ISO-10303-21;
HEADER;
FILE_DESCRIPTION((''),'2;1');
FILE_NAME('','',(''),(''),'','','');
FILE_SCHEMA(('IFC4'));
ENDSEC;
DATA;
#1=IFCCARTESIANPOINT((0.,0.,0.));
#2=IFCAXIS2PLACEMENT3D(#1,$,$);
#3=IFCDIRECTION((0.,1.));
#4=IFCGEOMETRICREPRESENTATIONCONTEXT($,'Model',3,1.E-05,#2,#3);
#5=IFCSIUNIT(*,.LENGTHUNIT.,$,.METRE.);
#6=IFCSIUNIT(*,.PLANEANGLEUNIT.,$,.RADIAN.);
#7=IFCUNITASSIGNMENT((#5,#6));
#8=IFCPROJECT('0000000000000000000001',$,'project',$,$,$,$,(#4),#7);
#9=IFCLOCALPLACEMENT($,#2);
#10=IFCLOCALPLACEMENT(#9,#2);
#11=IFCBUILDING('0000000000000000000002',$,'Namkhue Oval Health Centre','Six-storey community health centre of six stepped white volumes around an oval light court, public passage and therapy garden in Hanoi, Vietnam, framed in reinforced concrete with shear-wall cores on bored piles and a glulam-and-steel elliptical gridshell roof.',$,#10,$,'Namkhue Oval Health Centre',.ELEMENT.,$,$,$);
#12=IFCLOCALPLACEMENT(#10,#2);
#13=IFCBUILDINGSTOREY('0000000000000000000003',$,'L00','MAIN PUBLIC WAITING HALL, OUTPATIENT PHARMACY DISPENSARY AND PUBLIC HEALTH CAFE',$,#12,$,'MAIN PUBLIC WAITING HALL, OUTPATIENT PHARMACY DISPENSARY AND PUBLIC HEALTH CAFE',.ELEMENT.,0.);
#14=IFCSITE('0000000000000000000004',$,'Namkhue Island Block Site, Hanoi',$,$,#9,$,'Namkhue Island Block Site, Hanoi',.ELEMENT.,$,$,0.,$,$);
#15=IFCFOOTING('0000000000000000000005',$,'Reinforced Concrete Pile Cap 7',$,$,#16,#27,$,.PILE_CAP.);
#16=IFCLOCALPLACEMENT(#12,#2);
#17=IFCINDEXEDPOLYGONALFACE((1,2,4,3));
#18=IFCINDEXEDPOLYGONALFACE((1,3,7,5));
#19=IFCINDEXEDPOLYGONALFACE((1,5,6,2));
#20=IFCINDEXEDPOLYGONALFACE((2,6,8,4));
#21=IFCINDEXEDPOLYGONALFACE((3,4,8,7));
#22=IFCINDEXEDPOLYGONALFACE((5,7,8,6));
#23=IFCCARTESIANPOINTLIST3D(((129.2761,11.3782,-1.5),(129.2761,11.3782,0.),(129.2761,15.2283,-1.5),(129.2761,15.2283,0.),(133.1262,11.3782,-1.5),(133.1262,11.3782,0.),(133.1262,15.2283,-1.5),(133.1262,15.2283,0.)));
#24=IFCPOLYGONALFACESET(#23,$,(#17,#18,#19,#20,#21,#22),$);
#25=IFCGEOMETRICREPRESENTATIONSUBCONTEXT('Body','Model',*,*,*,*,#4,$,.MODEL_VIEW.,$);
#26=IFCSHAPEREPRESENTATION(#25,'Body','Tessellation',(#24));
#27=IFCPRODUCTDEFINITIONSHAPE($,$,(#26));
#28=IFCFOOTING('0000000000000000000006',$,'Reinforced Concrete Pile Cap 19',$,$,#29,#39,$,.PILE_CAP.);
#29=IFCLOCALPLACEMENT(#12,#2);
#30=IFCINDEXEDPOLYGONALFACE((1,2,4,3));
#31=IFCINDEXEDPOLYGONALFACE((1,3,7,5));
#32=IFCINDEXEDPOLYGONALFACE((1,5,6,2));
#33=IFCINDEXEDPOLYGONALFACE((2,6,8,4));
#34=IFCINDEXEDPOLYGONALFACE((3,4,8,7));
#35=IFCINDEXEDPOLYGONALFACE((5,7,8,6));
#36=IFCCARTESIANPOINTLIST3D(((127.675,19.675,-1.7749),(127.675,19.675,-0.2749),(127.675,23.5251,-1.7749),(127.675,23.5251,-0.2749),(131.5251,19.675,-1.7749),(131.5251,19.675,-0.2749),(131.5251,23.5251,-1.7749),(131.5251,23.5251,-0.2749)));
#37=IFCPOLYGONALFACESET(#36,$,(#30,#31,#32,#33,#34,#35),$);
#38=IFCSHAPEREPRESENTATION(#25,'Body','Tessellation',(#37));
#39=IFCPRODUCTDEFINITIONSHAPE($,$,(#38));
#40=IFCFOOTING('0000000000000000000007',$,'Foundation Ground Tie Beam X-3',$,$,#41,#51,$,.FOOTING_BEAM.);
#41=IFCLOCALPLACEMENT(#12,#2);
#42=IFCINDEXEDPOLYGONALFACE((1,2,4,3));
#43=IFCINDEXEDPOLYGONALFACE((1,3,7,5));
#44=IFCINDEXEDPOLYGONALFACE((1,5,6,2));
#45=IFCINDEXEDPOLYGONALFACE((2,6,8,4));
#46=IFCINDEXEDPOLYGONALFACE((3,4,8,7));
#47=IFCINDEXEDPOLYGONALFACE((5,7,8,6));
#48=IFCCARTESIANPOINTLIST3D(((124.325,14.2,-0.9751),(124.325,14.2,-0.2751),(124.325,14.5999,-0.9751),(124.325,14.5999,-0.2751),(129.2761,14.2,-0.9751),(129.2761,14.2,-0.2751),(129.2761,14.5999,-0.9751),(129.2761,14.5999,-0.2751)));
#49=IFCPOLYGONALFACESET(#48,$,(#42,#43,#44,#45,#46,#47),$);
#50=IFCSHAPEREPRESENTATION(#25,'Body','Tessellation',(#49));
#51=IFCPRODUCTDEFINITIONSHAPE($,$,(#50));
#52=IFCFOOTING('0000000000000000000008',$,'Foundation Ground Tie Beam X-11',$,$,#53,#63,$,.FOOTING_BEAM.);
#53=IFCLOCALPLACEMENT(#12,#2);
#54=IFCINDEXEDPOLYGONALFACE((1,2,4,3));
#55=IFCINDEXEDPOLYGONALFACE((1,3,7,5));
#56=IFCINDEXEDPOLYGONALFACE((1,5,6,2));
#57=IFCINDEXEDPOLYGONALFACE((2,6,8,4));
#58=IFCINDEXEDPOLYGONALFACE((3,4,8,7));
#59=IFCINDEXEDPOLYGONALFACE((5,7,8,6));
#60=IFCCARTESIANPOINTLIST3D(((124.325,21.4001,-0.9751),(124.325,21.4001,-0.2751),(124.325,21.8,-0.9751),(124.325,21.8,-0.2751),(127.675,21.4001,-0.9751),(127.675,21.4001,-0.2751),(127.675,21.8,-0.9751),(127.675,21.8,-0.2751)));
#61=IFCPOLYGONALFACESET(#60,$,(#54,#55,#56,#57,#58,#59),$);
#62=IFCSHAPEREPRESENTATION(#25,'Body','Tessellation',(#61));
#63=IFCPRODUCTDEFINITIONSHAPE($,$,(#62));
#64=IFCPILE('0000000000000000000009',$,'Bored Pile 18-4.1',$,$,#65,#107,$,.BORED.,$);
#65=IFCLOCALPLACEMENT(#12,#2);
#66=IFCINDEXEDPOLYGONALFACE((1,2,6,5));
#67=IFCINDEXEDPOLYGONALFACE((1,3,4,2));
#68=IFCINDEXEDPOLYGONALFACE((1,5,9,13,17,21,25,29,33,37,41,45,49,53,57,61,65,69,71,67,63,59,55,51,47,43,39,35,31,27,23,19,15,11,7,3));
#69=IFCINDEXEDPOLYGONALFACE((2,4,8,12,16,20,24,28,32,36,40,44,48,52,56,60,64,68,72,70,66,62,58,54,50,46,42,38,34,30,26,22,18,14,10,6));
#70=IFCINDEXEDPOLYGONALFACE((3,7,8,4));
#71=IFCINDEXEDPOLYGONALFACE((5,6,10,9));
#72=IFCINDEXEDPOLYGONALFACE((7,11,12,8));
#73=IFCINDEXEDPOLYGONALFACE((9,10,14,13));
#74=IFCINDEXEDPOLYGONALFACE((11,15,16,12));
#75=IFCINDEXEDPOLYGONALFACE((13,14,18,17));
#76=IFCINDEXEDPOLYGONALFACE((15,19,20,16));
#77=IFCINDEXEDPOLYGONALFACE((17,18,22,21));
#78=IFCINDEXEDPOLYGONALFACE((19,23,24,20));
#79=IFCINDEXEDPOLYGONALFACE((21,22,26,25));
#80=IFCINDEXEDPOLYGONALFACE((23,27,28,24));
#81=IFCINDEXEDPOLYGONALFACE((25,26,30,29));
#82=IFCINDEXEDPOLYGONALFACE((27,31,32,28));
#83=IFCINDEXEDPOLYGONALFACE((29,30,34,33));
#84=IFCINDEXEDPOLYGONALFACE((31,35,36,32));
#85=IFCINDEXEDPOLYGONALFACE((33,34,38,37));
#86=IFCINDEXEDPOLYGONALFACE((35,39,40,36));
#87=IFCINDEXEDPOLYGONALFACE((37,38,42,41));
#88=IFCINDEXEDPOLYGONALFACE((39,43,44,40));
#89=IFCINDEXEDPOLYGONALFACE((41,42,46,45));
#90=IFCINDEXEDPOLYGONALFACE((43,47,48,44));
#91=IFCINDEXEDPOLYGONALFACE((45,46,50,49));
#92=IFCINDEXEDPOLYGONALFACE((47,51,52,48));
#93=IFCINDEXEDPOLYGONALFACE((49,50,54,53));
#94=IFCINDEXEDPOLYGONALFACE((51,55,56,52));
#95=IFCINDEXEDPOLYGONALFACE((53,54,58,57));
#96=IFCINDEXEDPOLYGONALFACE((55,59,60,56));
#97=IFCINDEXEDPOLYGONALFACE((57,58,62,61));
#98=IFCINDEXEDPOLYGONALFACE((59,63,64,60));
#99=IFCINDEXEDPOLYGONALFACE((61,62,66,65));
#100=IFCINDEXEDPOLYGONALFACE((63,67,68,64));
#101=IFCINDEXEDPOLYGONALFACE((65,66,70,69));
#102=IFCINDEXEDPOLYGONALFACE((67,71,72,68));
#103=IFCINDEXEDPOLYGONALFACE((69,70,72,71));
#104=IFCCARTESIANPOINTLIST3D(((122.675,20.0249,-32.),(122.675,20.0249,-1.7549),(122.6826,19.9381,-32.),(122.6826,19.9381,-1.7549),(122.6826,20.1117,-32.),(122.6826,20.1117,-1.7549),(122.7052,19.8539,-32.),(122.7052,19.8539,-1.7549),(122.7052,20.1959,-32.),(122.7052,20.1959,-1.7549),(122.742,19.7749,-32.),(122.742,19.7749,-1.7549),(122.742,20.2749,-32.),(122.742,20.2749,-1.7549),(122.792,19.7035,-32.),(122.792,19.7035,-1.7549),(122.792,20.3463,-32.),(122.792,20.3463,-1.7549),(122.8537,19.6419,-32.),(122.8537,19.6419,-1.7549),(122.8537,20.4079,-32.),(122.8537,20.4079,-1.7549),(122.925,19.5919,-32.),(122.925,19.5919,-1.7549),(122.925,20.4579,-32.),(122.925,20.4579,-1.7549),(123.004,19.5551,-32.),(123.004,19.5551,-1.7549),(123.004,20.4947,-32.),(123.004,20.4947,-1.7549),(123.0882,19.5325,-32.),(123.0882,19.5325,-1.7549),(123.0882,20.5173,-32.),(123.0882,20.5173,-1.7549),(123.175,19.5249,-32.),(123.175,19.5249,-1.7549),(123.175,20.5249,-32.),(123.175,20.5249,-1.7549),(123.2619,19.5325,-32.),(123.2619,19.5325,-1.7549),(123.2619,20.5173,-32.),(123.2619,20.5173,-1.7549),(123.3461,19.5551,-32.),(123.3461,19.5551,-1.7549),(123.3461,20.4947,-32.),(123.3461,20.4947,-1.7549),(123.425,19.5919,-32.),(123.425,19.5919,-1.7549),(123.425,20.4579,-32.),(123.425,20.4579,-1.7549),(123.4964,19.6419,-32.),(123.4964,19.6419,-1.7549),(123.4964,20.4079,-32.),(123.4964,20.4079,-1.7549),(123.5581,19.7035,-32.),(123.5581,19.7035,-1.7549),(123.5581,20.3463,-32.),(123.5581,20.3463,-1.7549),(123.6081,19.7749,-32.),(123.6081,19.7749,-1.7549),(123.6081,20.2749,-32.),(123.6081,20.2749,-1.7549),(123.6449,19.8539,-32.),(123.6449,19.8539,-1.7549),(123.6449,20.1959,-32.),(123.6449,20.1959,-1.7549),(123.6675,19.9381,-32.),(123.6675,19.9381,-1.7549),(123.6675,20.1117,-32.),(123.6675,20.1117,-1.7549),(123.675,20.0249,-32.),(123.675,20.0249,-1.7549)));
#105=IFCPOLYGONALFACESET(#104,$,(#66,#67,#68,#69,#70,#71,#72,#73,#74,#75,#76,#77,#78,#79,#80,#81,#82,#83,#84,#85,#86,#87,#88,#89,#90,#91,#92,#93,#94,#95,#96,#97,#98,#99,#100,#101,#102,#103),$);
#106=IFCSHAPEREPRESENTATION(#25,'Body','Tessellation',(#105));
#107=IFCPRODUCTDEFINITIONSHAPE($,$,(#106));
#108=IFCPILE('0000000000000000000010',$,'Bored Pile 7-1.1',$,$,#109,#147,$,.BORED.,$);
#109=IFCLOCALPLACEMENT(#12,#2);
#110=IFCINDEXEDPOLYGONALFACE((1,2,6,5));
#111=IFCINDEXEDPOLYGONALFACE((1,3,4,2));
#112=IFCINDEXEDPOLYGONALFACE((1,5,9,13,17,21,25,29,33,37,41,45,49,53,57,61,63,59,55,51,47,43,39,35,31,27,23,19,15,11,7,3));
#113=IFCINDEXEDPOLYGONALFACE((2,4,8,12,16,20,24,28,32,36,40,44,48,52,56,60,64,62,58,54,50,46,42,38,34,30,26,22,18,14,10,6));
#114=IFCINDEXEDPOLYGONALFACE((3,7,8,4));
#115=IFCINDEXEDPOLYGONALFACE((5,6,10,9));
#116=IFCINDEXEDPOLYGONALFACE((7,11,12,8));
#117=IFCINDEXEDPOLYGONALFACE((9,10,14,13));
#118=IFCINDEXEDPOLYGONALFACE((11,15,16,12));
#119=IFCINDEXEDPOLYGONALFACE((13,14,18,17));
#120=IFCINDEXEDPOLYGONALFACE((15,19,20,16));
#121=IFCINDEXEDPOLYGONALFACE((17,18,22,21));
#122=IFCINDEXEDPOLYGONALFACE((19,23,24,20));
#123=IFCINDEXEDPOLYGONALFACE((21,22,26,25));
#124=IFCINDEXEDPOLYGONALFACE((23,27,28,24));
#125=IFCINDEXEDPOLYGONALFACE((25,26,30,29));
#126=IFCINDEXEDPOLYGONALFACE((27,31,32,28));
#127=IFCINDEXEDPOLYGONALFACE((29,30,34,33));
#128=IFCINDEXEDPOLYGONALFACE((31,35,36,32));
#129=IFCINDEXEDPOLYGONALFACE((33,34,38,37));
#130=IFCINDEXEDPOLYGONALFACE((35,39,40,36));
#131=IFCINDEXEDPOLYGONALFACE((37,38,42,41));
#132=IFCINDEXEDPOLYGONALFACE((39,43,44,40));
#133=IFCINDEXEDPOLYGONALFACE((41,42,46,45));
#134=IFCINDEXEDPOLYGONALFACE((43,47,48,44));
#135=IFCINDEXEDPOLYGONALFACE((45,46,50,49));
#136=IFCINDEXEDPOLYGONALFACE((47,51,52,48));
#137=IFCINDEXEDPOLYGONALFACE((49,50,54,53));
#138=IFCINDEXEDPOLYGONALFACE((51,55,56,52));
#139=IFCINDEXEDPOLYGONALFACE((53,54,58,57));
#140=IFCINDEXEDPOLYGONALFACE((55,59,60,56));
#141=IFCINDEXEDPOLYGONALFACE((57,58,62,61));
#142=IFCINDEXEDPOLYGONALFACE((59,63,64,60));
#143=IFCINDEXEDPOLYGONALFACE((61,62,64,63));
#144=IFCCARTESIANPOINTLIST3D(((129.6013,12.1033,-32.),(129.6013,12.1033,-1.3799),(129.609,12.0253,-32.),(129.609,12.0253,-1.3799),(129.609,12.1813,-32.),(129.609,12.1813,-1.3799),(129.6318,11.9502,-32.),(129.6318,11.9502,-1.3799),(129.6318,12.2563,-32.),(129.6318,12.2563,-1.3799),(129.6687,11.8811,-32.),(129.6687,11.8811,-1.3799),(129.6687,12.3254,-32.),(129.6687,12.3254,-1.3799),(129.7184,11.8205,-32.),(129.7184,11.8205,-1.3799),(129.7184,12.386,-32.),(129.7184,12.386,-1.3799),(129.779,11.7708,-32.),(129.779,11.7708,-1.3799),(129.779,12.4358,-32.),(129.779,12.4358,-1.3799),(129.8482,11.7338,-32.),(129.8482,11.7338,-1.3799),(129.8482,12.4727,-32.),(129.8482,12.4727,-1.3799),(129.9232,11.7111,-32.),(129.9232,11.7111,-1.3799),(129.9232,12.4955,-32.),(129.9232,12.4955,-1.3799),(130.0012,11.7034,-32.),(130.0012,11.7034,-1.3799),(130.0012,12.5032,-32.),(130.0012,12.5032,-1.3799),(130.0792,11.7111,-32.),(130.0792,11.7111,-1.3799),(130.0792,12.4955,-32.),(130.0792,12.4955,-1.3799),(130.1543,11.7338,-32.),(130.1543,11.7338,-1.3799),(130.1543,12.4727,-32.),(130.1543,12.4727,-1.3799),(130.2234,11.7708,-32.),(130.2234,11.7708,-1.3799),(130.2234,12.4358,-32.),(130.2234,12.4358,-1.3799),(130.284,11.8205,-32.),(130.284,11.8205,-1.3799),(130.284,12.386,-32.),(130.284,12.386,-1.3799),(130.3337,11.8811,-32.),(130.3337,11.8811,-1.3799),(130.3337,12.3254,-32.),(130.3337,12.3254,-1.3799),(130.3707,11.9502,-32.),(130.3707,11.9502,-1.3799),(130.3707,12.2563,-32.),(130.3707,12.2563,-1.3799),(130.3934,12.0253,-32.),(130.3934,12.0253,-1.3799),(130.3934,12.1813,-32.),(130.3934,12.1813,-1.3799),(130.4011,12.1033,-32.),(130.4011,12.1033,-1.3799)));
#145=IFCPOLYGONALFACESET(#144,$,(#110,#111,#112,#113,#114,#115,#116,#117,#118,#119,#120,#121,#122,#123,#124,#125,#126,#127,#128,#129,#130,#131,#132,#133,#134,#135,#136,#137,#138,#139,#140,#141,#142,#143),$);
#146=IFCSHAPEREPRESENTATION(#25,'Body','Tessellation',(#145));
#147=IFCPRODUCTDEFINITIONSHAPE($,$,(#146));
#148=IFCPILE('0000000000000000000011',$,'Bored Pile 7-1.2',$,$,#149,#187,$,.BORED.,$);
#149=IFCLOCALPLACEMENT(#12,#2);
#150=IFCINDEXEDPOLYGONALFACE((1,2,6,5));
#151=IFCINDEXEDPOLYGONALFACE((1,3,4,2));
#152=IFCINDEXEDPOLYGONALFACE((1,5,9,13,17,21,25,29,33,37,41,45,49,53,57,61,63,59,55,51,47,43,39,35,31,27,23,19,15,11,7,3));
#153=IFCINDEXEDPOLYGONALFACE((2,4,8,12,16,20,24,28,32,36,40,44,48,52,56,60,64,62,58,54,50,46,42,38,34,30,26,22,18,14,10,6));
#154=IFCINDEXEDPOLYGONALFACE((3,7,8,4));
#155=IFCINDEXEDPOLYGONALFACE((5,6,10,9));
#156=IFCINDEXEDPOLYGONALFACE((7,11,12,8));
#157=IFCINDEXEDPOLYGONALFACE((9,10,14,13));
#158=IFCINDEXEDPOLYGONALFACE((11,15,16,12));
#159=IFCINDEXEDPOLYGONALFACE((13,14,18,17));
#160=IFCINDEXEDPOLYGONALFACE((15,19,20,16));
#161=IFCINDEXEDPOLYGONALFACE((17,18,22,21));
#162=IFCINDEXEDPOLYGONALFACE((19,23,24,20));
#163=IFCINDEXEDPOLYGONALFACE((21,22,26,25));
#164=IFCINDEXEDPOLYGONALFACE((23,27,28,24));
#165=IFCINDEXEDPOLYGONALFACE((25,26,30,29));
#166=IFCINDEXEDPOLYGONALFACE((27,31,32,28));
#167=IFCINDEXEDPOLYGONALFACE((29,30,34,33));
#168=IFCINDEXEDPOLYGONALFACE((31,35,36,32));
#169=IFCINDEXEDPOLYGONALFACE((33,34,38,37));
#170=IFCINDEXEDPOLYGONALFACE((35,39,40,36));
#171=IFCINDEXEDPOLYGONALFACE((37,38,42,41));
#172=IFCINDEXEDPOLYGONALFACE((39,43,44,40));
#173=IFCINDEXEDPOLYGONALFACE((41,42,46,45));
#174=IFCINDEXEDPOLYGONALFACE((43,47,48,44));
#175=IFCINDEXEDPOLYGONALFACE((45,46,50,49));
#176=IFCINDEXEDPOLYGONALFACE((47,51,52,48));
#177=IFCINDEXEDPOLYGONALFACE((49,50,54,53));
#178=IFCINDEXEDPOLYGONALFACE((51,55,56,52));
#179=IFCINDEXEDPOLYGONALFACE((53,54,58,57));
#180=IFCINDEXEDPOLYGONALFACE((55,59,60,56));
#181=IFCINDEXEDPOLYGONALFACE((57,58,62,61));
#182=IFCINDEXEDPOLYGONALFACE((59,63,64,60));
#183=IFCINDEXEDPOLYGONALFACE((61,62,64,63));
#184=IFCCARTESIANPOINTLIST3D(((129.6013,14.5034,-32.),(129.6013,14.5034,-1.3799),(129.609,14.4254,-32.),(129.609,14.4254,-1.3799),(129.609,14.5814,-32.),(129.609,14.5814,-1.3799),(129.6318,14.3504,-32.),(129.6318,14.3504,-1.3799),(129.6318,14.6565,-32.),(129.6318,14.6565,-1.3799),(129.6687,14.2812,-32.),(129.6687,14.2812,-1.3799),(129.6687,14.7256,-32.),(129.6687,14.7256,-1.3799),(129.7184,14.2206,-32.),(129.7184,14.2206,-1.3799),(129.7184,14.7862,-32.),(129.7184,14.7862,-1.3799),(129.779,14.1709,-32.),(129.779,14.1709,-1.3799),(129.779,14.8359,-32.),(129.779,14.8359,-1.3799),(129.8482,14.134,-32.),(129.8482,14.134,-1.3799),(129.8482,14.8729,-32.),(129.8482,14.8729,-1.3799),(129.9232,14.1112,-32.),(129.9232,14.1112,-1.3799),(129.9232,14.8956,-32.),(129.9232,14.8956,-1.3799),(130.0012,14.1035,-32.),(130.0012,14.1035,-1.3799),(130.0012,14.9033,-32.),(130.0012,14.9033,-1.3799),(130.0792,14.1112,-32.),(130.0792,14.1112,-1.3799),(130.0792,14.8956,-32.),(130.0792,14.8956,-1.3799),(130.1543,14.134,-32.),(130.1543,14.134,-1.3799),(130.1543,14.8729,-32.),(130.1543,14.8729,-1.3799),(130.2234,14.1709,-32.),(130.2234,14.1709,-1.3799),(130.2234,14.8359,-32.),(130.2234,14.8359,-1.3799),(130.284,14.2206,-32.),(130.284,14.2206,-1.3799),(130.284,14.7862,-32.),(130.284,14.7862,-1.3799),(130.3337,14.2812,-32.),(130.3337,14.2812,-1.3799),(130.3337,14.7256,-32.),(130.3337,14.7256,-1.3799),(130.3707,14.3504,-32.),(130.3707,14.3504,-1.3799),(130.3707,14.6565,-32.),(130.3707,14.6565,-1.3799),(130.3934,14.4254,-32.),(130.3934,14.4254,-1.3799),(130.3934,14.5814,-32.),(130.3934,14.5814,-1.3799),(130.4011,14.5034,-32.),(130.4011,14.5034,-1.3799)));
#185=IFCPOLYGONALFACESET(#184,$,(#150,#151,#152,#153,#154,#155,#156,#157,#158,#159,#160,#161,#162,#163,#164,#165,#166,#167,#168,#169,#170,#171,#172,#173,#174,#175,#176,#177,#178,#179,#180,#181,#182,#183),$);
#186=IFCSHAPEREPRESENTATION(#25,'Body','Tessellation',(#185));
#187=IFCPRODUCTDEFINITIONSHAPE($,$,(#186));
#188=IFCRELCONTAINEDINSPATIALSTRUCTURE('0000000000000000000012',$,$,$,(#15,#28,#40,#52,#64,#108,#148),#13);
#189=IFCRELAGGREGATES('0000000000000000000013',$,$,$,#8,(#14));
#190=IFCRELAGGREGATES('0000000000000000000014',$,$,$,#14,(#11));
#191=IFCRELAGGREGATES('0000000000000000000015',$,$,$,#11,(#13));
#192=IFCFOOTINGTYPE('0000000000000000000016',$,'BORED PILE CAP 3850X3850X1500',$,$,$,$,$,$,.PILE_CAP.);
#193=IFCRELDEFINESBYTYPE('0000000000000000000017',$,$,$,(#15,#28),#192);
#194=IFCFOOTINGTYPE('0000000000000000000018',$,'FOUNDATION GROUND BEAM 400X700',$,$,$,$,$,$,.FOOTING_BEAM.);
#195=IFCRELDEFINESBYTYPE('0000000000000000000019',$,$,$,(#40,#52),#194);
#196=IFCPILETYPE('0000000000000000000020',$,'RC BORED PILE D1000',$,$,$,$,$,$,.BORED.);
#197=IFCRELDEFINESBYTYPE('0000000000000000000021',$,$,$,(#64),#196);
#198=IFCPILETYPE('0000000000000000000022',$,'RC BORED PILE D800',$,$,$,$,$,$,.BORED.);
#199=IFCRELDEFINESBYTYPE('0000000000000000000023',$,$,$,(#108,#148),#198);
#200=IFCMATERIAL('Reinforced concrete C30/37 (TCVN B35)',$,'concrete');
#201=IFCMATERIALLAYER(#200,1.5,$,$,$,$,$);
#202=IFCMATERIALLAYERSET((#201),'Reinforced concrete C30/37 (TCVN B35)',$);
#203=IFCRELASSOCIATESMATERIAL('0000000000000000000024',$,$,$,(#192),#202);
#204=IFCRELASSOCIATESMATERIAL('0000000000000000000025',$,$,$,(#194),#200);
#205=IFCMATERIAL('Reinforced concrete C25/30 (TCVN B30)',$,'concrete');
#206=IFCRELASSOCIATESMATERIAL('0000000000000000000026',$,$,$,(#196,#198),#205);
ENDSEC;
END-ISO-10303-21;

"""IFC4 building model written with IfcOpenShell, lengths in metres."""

from ifc_helpers import new_model, si_unit, direction, frame, origin, origin_2d, place, context, subcontext, project, spatial, rectangle, circle, extrude, material, layer, layer_set, material_profile, profile_set, type_object, element, save


model = new_model("IFC4")

# Units and contexts
model_context = context("Model", 3, precision=1e-05, world=origin(), true_north=direction((0.0, 1.0)))
body_context = subcontext(model_context, "Body", "Model", "MODEL_VIEW")
ifc_project = project(units=[si_unit("LENGTHUNIT", "METRE"), si_unit("PLANEANGLEUNIT", "RADIAN")], contexts=[model_context])

# Site, building, storey
site_placement = place(None, origin())
site = spatial("IfcSite", under=ifc_project, at=site_placement, Name="Namkhue Island Block Site, Hanoi", LongName="Namkhue Island Block Site, Hanoi", CompositionType="ELEMENT", RefElevation=0.0)
building_placement = place(site_placement, origin())
building = spatial("IfcBuilding", under=site, at=building_placement, Name="Namkhue Oval Health Centre", Description="Six-storey community health centre of six stepped white volumes around an oval light court, public passage and therapy garden in Hanoi, Vietnam, framed in reinforced concrete with shear-wall cores on bored piles and a glulam-and-steel elliptical gridshell roof.", LongName="Namkhue Oval Health Centre", CompositionType="ELEMENT")
storey_placement = place(building_placement, origin())
storey = spatial("IfcBuildingStorey", under=building, at=storey_placement, Name="L00", Description="MAIN PUBLIC WAITING HALL, OUTPATIENT PHARMACY DISPENSARY AND PUBLIC HEALTH CAFE", LongName="MAIN PUBLIC WAITING HALL, OUTPATIENT PHARMACY DISPENSARY AND PUBLIC HEALTH CAFE", CompositionType="ELEMENT", Elevation=0.0)

# Footings
ifc_material_1 = material(Name="Reinforced concrete C30/37 (TCVN B35)", Category="concrete")
ifc_layer_1 = layer(ifc_material_1, 1.5)
ifc_layer_set_1 = layer_set([ifc_layer_1], Name="Reinforced concrete C30/37 (TCVN B35)")
footing_type_1 = type_object("IfcFootingType", Name="BORED PILE CAP 3850X3850X1500", PredefinedType="PILE_CAP", material=ifc_layer_set_1)
for number, where, z_axis, x_axis, name in (
    (1, (131.2012, 13.3032, -1.5), (0.0, 0.0, 1.0), (1.0, 0.0, 0.0), "Reinforced Concrete Pile Cap 7"),
    (2, (129.6001, 21.6001, -1.7749), (0.0, 0.0, 1.0), (1.0, 0.0, 0.0), "Reinforced Concrete Pile Cap 19"),
):
    element("IfcFooting", number, at=place(storey_placement, frame(where, z_axis=z_axis, x_axis=x_axis)), inside=storey, type_object=footing_type_1, Name=name, PredefinedType="PILE_CAP", context=body_context, shape_type="SweptSolid", body=[
        extrude(rectangle(XDim=3.8501, YDim=3.8501, at=origin_2d()), origin(), (0.0, 0.0, 1.0), 1.5),
    ])
footing_type_2 = type_object("IfcFootingType", Name="FOUNDATION GROUND BEAM 400X700", PredefinedType="FOOTING_BEAM", material=ifc_material_1)
footing_1_placement = place(storey_placement, frame((126.8005, 14.3999, -0.9751), z_axis=(0.0, 0.0, 1.0), x_axis=(1.0, 0.0, 0.0)))
element("IfcFooting", 3, at=footing_1_placement, inside=storey, type_object=footing_type_2, Name="Foundation Ground Tie Beam X-3", PredefinedType="FOOTING_BEAM", context=body_context, shape_type="SweptSolid", body=[
    extrude(rectangle(XDim=4.9512, YDim=0.3999, at=origin_2d()), origin(), (0.0, 0.0, 1.0), 0.7),
])
footing_2_placement = place(storey_placement, frame((126.0, 21.6001, -0.9751), z_axis=(0.0, 0.0, 1.0), x_axis=(1.0, 0.0, 0.0)))
element("IfcFooting", 4, at=footing_2_placement, inside=storey, type_object=footing_type_2, Name="Foundation Ground Tie Beam X-11", PredefinedType="FOOTING_BEAM", context=body_context, shape_type="SweptSolid", body=[
    extrude(rectangle(XDim=3.3501, YDim=0.3999, at=origin_2d()), origin(), (0.0, 0.0, 1.0), 0.7),
])

# Piles
ifc_material_2 = material(Name="Reinforced concrete C25/30 (TCVN B30)", Category="concrete")
ifc_material_profile_1 = material_profile(ifc_material_2, circle(Radius=0.5, at=origin_2d()), Name="BORED PILE D1000")
ifc_profile_set_1 = profile_set([ifc_material_profile_1], Name="Reinforced concrete C25/30 (TCVN B30)")
pile_type_1 = type_object("IfcPileType", Name="RC BORED PILE D1000", PredefinedType="BORED", material=ifc_profile_set_1)
pile_placement = place(storey_placement, frame((123.175, 20.0249, -1.7549), z_axis=(0.0, 0.0, -1.0), x_axis=(1.0, 0.0, 0.0)))
element("IfcPile", 5, at=pile_placement, inside=storey, type_object=pile_type_1, Name="Bored Pile 18-4.1", PredefinedType="BORED", context=body_context, shape_type="SweptSolid", body=[
    extrude(circle(Radius=0.5, at=origin_2d()), origin(), (0.0, 0.0, 1.0), 30.2451),
])
ifc_material_profile_2 = material_profile(ifc_material_2, circle(Radius=0.3999, at=origin_2d()), Name="BORED PILE D800")
ifc_profile_set_2 = profile_set([ifc_material_profile_2], Name="Reinforced concrete C25/30 (TCVN B30)")
pile_type_2 = type_object("IfcPileType", Name="RC BORED PILE D800", PredefinedType="BORED", material=ifc_profile_set_2)
for number, where, z_axis, x_axis, name in (
    (6, (130.0012, 12.1033, -1.3799), (0.0, 0.0, -1.0), (1.0, 0.0, 0.0), "Bored Pile 7-1.1"),
    (7, (130.0012, 14.5034, -1.3799), (0.0, 0.0, -1.0), (1.0, 0.0, 0.0), "Bored Pile 7-1.2"),
):
    element("IfcPile", number, at=place(storey_placement, frame(where, z_axis=z_axis, x_axis=x_axis)), inside=storey, type_object=pile_type_2, Name=name, PredefinedType="BORED", context=body_context, shape_type="SweptSolid", body=[
        extrude(circle(Radius=0.3999, at=origin_2d()), origin(), (0.0, 0.0, 1.0), 30.6201),
    ])

save(model, "model.ifc")
